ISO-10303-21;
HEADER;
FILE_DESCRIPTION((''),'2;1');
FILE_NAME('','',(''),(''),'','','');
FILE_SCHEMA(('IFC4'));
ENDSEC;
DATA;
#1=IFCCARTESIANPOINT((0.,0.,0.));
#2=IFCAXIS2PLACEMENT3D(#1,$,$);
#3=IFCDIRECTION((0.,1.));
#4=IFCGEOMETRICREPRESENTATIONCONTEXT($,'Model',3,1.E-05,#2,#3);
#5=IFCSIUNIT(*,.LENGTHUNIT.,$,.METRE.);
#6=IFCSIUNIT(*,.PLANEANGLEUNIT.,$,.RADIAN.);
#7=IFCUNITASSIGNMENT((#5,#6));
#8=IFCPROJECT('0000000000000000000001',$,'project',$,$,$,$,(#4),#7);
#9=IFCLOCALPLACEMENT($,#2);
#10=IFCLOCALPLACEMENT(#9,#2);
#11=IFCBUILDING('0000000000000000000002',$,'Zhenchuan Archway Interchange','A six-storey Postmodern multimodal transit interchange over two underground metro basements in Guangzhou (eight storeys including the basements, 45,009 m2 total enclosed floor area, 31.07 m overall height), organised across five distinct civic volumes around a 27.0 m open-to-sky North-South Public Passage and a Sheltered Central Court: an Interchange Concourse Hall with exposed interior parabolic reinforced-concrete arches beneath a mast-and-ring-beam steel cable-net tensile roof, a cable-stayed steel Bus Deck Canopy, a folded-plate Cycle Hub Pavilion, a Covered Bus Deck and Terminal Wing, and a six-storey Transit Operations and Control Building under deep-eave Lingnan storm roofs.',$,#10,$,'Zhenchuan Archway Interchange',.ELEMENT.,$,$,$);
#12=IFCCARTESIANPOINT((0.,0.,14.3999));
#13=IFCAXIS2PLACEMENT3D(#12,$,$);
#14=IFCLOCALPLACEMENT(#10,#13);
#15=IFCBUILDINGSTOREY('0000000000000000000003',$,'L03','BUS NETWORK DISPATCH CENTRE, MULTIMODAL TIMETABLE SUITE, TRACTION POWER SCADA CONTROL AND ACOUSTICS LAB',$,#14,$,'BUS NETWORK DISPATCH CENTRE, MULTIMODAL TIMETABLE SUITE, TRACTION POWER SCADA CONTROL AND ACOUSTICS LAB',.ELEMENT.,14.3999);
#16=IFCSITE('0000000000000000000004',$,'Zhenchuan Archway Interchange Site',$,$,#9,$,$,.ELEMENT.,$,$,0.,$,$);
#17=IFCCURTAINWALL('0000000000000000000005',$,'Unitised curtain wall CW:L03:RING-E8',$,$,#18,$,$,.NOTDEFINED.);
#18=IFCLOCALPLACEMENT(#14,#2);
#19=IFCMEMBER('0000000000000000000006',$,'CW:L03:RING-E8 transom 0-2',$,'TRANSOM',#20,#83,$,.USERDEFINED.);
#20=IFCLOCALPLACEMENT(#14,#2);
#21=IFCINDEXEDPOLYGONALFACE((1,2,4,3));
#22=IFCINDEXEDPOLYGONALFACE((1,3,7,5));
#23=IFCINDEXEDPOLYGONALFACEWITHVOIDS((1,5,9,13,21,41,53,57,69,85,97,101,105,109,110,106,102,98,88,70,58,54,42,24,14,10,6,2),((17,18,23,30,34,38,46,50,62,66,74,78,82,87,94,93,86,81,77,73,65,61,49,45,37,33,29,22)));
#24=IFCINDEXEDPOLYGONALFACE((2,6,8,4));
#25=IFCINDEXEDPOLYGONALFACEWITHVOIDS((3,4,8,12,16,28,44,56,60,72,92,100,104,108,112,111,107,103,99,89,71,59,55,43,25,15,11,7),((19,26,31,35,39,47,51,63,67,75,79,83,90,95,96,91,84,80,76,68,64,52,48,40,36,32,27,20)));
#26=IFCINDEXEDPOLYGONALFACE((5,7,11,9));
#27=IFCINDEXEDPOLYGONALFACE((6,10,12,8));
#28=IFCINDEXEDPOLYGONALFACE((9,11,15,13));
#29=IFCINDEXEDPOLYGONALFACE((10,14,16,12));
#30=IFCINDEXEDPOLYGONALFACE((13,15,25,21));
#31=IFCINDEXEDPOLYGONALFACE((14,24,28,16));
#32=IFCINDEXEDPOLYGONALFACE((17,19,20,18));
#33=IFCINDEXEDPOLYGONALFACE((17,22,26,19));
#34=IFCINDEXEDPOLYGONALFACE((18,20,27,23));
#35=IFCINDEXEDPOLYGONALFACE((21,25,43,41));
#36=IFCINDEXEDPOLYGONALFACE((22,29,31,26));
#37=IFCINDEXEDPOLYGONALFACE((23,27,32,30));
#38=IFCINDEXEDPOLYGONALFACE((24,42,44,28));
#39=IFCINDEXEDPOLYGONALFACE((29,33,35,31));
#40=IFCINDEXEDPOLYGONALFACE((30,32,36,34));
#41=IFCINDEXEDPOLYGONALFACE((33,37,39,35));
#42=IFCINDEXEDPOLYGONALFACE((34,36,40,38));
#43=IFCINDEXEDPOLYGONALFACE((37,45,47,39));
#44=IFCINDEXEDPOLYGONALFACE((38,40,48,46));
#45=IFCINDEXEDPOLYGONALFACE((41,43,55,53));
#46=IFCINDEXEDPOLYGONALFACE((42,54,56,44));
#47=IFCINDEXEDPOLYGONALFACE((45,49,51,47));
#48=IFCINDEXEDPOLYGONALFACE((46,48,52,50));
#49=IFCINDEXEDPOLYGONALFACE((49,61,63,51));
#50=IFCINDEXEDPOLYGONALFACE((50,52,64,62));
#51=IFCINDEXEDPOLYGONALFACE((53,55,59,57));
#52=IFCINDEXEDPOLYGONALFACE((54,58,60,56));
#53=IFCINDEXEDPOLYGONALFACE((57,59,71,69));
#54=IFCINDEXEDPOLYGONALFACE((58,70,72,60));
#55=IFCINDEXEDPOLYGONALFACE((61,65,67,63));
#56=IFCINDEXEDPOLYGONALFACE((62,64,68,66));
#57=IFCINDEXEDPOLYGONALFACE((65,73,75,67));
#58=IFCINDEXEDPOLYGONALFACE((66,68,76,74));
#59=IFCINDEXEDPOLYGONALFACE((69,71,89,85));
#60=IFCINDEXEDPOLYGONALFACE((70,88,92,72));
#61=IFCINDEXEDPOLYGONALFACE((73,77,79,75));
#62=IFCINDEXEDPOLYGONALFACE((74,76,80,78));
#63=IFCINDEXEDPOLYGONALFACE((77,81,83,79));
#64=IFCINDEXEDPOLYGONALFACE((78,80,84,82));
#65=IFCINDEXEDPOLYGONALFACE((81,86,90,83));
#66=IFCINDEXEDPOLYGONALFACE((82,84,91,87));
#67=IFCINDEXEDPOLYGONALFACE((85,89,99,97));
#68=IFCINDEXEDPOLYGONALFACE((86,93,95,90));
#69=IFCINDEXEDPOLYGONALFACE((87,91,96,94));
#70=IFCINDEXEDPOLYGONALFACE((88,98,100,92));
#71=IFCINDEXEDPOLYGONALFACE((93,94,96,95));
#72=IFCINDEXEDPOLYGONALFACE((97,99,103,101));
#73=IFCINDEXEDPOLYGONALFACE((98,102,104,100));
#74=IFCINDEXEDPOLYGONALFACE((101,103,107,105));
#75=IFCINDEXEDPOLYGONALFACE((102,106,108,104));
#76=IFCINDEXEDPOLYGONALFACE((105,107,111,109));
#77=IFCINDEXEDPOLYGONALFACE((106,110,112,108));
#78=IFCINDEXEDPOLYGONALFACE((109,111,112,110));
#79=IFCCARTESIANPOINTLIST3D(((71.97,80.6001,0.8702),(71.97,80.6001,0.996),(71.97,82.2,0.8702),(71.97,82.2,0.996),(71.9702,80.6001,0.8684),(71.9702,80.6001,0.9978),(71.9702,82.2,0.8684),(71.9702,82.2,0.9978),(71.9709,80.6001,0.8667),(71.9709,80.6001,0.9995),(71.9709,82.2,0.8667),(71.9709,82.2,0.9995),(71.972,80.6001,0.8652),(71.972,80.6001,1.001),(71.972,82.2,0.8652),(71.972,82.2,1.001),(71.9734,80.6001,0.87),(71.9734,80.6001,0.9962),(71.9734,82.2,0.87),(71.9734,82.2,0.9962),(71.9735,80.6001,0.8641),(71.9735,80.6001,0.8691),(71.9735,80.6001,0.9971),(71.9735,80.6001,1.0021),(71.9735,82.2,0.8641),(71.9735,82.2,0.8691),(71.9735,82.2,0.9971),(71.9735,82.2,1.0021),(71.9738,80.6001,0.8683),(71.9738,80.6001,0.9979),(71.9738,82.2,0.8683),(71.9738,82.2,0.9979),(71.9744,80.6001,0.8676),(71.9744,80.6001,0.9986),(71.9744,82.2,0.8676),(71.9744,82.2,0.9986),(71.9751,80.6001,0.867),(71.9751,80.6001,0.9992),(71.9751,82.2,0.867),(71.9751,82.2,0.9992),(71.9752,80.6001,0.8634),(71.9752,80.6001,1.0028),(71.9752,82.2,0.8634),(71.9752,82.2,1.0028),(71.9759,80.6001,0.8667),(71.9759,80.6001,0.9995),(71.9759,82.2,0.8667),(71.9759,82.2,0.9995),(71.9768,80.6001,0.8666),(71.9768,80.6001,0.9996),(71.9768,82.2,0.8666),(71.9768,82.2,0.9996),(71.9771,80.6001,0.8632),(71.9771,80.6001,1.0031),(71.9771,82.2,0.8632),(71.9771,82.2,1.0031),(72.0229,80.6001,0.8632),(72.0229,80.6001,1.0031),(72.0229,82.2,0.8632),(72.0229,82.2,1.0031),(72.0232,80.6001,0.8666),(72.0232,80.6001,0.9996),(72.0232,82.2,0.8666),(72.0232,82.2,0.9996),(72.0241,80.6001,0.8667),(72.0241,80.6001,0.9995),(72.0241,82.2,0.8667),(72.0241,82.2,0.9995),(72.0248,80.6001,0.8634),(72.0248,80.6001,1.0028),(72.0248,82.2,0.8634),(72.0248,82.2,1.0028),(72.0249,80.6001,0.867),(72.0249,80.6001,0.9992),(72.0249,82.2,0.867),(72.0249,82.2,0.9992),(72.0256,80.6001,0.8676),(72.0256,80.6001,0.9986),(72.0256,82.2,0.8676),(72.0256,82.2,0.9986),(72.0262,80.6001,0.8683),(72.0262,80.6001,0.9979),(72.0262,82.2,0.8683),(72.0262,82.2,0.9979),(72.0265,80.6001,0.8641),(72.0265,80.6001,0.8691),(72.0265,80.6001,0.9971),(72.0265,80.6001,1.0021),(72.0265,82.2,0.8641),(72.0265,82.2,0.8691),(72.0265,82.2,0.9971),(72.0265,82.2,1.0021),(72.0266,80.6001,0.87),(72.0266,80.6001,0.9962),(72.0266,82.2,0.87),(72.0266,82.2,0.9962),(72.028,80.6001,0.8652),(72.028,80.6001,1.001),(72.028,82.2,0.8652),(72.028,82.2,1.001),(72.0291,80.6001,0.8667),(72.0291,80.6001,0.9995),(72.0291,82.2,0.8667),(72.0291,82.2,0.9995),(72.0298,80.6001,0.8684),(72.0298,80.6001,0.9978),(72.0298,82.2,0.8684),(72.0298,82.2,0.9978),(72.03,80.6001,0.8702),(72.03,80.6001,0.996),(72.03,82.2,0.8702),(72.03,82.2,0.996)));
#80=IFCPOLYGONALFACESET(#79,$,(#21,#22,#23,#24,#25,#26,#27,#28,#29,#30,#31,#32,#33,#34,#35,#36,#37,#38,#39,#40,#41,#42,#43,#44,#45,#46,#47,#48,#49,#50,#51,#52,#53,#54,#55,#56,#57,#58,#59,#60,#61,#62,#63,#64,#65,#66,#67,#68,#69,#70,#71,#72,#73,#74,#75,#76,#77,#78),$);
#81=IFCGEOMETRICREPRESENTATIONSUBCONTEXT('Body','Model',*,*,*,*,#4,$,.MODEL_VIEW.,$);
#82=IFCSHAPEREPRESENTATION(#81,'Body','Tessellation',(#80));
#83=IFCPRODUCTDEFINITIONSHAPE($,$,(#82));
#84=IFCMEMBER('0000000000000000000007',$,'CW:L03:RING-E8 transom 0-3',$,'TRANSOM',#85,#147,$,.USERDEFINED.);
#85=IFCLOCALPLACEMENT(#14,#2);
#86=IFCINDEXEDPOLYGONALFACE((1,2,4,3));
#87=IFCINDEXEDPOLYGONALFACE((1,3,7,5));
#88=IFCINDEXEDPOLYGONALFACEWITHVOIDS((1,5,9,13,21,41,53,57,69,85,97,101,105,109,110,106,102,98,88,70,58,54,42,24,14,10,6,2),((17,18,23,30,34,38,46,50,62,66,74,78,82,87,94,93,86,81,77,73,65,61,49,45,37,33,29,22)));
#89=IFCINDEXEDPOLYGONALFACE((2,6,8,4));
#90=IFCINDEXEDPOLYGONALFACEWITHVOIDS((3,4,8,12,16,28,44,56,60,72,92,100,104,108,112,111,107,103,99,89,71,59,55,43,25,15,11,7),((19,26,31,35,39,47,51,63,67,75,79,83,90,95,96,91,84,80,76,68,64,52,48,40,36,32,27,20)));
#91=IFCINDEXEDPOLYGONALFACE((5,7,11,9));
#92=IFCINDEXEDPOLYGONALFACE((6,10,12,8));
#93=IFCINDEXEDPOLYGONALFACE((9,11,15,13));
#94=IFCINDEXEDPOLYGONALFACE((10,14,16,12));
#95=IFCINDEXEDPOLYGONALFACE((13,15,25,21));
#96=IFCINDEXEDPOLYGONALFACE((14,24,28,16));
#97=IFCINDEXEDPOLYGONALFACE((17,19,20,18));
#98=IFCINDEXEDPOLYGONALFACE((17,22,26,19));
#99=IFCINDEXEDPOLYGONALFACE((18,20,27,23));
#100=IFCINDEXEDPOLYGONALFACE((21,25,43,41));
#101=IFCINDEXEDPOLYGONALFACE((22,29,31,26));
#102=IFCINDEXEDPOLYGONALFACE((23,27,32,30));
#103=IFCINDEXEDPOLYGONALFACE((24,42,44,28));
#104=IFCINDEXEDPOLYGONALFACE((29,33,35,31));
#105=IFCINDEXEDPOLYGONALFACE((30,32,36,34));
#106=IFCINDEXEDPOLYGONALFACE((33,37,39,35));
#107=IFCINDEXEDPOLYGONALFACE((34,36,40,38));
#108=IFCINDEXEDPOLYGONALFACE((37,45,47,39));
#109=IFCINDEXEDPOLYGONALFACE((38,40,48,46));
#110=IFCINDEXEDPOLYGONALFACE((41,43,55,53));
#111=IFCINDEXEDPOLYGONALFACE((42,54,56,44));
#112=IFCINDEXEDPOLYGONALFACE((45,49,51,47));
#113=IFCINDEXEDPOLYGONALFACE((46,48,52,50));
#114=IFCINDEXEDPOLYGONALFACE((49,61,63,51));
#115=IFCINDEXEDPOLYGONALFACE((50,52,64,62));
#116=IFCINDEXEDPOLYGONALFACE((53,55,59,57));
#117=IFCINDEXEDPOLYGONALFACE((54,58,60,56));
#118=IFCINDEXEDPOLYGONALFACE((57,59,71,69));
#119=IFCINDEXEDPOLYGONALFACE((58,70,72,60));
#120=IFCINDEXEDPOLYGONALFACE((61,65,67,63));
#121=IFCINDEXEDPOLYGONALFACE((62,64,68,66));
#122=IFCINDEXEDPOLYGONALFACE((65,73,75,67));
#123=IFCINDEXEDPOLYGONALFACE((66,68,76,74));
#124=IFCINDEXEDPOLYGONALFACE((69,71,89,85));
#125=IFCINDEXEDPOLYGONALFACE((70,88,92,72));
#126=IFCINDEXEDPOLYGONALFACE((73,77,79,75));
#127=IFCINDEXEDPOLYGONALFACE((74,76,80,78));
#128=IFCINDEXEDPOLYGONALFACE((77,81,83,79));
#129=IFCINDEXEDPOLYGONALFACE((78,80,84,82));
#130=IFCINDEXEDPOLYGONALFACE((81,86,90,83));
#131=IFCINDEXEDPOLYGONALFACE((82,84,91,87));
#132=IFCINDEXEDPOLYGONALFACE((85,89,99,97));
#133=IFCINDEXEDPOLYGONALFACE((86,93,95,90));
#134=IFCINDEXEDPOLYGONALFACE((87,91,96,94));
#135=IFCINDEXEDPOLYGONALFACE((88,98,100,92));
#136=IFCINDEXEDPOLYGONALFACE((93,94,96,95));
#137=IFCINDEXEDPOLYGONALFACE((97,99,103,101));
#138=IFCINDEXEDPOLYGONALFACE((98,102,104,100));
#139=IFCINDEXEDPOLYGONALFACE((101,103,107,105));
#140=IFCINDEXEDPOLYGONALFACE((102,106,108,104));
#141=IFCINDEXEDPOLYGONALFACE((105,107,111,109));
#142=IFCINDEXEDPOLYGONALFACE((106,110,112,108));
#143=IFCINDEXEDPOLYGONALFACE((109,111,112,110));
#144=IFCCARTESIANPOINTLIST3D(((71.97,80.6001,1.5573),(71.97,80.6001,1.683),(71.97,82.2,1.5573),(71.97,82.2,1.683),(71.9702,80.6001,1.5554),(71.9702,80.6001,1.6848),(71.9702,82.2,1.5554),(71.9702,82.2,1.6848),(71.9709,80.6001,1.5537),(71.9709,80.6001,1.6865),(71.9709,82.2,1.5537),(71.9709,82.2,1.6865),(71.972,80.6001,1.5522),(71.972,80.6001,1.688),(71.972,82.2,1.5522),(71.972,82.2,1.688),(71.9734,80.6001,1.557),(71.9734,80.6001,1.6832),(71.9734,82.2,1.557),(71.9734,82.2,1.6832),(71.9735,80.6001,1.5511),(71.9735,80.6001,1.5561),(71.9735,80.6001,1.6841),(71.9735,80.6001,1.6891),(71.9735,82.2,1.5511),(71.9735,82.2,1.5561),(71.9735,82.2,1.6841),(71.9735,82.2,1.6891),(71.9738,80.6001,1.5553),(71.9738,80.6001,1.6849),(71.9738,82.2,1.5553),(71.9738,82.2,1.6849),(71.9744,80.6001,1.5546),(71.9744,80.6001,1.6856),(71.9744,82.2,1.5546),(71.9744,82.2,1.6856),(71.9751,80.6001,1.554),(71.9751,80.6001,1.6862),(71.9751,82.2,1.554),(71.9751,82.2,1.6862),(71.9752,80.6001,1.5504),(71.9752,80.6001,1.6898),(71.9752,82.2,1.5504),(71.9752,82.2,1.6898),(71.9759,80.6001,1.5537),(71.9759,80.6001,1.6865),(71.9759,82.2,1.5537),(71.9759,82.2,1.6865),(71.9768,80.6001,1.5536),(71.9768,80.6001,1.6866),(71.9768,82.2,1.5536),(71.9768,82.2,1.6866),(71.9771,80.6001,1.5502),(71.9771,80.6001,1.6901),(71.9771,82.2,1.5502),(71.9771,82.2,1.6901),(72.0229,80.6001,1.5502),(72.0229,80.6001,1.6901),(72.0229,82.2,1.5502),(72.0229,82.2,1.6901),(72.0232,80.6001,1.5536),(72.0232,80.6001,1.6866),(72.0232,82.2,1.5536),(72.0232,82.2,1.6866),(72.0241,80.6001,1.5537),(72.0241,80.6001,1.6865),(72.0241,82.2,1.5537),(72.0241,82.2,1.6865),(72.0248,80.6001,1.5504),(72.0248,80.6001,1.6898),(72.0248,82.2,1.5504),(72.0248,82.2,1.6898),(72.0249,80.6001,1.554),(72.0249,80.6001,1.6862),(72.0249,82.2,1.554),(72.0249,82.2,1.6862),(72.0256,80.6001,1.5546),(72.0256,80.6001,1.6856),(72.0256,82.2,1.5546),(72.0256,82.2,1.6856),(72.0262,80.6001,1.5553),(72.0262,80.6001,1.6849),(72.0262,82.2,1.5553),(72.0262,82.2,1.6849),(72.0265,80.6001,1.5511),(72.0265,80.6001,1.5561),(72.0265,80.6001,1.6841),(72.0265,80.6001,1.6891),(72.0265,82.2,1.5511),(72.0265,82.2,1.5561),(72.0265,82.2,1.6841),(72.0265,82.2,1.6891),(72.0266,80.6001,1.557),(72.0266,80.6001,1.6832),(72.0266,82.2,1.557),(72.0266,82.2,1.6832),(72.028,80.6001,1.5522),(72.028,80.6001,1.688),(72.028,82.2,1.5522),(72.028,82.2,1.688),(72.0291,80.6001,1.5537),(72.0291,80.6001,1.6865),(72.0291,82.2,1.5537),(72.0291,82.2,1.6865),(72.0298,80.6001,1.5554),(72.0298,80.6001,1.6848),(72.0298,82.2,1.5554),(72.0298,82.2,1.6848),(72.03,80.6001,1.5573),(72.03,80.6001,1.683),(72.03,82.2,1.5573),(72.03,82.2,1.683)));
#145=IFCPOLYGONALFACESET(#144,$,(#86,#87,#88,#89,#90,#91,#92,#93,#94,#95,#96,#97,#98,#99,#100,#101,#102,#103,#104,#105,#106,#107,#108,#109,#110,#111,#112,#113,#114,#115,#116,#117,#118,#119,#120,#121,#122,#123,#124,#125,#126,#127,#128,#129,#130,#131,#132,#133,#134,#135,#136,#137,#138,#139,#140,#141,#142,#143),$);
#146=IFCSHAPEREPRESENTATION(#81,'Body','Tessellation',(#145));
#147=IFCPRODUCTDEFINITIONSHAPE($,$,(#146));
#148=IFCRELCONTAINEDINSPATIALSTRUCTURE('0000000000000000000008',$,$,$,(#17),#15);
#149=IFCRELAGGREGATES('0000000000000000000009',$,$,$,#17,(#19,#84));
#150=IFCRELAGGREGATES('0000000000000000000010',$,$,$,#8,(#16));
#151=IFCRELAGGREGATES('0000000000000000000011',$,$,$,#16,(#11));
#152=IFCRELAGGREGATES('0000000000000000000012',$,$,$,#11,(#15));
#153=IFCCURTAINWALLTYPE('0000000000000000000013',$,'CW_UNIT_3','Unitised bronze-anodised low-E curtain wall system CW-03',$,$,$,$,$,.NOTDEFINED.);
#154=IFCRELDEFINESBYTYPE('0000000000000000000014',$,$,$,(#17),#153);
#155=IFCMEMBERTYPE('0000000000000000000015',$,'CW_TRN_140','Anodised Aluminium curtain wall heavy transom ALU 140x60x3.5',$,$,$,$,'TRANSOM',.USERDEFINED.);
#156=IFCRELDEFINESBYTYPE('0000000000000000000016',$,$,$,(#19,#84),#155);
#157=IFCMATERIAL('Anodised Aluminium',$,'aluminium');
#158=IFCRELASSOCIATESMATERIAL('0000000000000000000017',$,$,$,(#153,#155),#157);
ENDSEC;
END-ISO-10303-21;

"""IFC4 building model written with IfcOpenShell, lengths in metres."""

from ifc_helpers import new_model, si_unit, direction, frame, origin, origin_2d, place, context, subcontext, project, spatial, hollow_rectangle, extrude, material, material_profile, profile_set, type_object, element, aggregate, save


model = new_model("IFC4")

# Units and contexts
model_context = context("Model", 3, precision=1e-05, world=origin(), true_north=direction((0.0, 1.0)))
body_context = subcontext(model_context, "Body", "Model", "MODEL_VIEW")
ifc_project = project(units=[si_unit("LENGTHUNIT", "METRE"), si_unit("PLANEANGLEUNIT", "RADIAN")], contexts=[model_context])

# Site, building, storey
site_placement = place(None, origin())
site = spatial("IfcSite", under=ifc_project, at=site_placement, Name="Zhenchuan Archway Interchange Site", CompositionType="ELEMENT", RefElevation=0.0)
building_placement = place(site_placement, origin())
building = spatial("IfcBuilding", under=site, at=building_placement, Name="Zhenchuan Archway Interchange", Description="A six-storey Postmodern multimodal transit interchange over two underground metro basements in Guangzhou (eight storeys including the basements, 45,009 m2 total enclosed floor area, 31.07 m overall height), organised across five distinct civic volumes around a 27.0 m open-to-sky North-South Public Passage and a Sheltered Central Court: an Interchange Concourse Hall with exposed interior parabolic reinforced-concrete arches beneath a mast-and-ring-beam steel cable-net tensile roof, a cable-stayed steel Bus Deck Canopy, a folded-plate Cycle Hub Pavilion, a Covered Bus Deck and Terminal Wing, and a six-storey Transit Operations and Control Building under deep-eave Lingnan storm roofs.", LongName="Zhenchuan Archway Interchange", CompositionType="ELEMENT")
storey_placement = place(building_placement, frame((0.0, 0.0, 14.3999)))
storey = spatial("IfcBuildingStorey", under=building, at=storey_placement, Name="L03", Description="BUS NETWORK DISPATCH CENTRE, MULTIMODAL TIMETABLE SUITE, TRACTION POWER SCADA CONTROL AND ACOUSTICS LAB", LongName="BUS NETWORK DISPATCH CENTRE, MULTIMODAL TIMETABLE SUITE, TRACTION POWER SCADA CONTROL AND ACOUSTICS LAB", CompositionType="ELEMENT", Elevation=14.3999)

# Shared definitions
ifc_material_1 = material(Name="Anodised Aluminium", Category="aluminium")
curtain_wall_type = type_object("IfcCurtainWallType", Name="CW_UNIT_3", Description="Unitised bronze-anodised low-E curtain wall system CW-03", PredefinedType="NOTDEFINED", material=ifc_material_1)

# Curtain wall
curtain_wall_1_placement = place(storey_placement, origin())
curtain_wall_1 = element("IfcCurtainWall", 1, at=curtain_wall_1_placement, inside=storey, type_object=curtain_wall_type, Name="Unitised curtain wall CW:L03:RING-E8", PredefinedType="NOTDEFINED")

# Members
ifc_material_profile_1 = material_profile(ifc_material_1, hollow_rectangle(XDim=0.0601, YDim=0.1399, WallThickness=0.0034, InnerFilletRadius=0.0034, OuterFilletRadius=0.0071, at=origin_2d()), Name="ALU 140x60x3.5")
ifc_profile_set_1 = profile_set([ifc_material_profile_1], Name="Anodised Aluminium")
member_type_1 = type_object("IfcMemberType", Name="CW_TRN_140", Description="Anodised Aluminium curtain wall heavy transom ALU 140x60x3.5", ElementType="TRANSOM", PredefinedType="USERDEFINED", material=ifc_profile_set_1)
member_1_placement = place(storey_placement, frame((72.0, 80.6001, 0.9331), z_axis=(0.0, 1.0, 0.0), x_axis=(-1.0, 0.0, 0.0)))
member_1 = element("IfcMember", 2, at=member_1_placement, type_object=member_type_1, Name="CW:L03:RING-E8 transom 0-2", ObjectType="TRANSOM", PredefinedType="USERDEFINED", context=body_context, shape_type="SweptSolid", body=[
    extrude(hollow_rectangle(XDim=0.0601, YDim=0.1399, WallThickness=0.0034, InnerFilletRadius=0.0034, OuterFilletRadius=0.0071, at=origin_2d()), origin(), (0.0, 0.0, 1.0), 1.5999),
])
member_2_placement = place(storey_placement, frame((72.0, 80.6001, 1.6201), z_axis=(0.0, 1.0, 0.0), x_axis=(-1.0, 0.0, 0.0)))
member_2 = element("IfcMember", 3, at=member_2_placement, type_object=member_type_1, Name="CW:L03:RING-E8 transom 0-3", ObjectType="TRANSOM", PredefinedType="USERDEFINED", context=body_context, shape_type="SweptSolid", body=[
    extrude(hollow_rectangle(XDim=0.0601, YDim=0.1399, WallThickness=0.0034, InnerFilletRadius=0.0034, OuterFilletRadius=0.0071, at=origin_2d()), origin(), (0.0, 0.0, 1.0), 1.5999),
])

aggregate(curtain_wall_1, [member_1, member_2])

save(model, "model.ifc")
